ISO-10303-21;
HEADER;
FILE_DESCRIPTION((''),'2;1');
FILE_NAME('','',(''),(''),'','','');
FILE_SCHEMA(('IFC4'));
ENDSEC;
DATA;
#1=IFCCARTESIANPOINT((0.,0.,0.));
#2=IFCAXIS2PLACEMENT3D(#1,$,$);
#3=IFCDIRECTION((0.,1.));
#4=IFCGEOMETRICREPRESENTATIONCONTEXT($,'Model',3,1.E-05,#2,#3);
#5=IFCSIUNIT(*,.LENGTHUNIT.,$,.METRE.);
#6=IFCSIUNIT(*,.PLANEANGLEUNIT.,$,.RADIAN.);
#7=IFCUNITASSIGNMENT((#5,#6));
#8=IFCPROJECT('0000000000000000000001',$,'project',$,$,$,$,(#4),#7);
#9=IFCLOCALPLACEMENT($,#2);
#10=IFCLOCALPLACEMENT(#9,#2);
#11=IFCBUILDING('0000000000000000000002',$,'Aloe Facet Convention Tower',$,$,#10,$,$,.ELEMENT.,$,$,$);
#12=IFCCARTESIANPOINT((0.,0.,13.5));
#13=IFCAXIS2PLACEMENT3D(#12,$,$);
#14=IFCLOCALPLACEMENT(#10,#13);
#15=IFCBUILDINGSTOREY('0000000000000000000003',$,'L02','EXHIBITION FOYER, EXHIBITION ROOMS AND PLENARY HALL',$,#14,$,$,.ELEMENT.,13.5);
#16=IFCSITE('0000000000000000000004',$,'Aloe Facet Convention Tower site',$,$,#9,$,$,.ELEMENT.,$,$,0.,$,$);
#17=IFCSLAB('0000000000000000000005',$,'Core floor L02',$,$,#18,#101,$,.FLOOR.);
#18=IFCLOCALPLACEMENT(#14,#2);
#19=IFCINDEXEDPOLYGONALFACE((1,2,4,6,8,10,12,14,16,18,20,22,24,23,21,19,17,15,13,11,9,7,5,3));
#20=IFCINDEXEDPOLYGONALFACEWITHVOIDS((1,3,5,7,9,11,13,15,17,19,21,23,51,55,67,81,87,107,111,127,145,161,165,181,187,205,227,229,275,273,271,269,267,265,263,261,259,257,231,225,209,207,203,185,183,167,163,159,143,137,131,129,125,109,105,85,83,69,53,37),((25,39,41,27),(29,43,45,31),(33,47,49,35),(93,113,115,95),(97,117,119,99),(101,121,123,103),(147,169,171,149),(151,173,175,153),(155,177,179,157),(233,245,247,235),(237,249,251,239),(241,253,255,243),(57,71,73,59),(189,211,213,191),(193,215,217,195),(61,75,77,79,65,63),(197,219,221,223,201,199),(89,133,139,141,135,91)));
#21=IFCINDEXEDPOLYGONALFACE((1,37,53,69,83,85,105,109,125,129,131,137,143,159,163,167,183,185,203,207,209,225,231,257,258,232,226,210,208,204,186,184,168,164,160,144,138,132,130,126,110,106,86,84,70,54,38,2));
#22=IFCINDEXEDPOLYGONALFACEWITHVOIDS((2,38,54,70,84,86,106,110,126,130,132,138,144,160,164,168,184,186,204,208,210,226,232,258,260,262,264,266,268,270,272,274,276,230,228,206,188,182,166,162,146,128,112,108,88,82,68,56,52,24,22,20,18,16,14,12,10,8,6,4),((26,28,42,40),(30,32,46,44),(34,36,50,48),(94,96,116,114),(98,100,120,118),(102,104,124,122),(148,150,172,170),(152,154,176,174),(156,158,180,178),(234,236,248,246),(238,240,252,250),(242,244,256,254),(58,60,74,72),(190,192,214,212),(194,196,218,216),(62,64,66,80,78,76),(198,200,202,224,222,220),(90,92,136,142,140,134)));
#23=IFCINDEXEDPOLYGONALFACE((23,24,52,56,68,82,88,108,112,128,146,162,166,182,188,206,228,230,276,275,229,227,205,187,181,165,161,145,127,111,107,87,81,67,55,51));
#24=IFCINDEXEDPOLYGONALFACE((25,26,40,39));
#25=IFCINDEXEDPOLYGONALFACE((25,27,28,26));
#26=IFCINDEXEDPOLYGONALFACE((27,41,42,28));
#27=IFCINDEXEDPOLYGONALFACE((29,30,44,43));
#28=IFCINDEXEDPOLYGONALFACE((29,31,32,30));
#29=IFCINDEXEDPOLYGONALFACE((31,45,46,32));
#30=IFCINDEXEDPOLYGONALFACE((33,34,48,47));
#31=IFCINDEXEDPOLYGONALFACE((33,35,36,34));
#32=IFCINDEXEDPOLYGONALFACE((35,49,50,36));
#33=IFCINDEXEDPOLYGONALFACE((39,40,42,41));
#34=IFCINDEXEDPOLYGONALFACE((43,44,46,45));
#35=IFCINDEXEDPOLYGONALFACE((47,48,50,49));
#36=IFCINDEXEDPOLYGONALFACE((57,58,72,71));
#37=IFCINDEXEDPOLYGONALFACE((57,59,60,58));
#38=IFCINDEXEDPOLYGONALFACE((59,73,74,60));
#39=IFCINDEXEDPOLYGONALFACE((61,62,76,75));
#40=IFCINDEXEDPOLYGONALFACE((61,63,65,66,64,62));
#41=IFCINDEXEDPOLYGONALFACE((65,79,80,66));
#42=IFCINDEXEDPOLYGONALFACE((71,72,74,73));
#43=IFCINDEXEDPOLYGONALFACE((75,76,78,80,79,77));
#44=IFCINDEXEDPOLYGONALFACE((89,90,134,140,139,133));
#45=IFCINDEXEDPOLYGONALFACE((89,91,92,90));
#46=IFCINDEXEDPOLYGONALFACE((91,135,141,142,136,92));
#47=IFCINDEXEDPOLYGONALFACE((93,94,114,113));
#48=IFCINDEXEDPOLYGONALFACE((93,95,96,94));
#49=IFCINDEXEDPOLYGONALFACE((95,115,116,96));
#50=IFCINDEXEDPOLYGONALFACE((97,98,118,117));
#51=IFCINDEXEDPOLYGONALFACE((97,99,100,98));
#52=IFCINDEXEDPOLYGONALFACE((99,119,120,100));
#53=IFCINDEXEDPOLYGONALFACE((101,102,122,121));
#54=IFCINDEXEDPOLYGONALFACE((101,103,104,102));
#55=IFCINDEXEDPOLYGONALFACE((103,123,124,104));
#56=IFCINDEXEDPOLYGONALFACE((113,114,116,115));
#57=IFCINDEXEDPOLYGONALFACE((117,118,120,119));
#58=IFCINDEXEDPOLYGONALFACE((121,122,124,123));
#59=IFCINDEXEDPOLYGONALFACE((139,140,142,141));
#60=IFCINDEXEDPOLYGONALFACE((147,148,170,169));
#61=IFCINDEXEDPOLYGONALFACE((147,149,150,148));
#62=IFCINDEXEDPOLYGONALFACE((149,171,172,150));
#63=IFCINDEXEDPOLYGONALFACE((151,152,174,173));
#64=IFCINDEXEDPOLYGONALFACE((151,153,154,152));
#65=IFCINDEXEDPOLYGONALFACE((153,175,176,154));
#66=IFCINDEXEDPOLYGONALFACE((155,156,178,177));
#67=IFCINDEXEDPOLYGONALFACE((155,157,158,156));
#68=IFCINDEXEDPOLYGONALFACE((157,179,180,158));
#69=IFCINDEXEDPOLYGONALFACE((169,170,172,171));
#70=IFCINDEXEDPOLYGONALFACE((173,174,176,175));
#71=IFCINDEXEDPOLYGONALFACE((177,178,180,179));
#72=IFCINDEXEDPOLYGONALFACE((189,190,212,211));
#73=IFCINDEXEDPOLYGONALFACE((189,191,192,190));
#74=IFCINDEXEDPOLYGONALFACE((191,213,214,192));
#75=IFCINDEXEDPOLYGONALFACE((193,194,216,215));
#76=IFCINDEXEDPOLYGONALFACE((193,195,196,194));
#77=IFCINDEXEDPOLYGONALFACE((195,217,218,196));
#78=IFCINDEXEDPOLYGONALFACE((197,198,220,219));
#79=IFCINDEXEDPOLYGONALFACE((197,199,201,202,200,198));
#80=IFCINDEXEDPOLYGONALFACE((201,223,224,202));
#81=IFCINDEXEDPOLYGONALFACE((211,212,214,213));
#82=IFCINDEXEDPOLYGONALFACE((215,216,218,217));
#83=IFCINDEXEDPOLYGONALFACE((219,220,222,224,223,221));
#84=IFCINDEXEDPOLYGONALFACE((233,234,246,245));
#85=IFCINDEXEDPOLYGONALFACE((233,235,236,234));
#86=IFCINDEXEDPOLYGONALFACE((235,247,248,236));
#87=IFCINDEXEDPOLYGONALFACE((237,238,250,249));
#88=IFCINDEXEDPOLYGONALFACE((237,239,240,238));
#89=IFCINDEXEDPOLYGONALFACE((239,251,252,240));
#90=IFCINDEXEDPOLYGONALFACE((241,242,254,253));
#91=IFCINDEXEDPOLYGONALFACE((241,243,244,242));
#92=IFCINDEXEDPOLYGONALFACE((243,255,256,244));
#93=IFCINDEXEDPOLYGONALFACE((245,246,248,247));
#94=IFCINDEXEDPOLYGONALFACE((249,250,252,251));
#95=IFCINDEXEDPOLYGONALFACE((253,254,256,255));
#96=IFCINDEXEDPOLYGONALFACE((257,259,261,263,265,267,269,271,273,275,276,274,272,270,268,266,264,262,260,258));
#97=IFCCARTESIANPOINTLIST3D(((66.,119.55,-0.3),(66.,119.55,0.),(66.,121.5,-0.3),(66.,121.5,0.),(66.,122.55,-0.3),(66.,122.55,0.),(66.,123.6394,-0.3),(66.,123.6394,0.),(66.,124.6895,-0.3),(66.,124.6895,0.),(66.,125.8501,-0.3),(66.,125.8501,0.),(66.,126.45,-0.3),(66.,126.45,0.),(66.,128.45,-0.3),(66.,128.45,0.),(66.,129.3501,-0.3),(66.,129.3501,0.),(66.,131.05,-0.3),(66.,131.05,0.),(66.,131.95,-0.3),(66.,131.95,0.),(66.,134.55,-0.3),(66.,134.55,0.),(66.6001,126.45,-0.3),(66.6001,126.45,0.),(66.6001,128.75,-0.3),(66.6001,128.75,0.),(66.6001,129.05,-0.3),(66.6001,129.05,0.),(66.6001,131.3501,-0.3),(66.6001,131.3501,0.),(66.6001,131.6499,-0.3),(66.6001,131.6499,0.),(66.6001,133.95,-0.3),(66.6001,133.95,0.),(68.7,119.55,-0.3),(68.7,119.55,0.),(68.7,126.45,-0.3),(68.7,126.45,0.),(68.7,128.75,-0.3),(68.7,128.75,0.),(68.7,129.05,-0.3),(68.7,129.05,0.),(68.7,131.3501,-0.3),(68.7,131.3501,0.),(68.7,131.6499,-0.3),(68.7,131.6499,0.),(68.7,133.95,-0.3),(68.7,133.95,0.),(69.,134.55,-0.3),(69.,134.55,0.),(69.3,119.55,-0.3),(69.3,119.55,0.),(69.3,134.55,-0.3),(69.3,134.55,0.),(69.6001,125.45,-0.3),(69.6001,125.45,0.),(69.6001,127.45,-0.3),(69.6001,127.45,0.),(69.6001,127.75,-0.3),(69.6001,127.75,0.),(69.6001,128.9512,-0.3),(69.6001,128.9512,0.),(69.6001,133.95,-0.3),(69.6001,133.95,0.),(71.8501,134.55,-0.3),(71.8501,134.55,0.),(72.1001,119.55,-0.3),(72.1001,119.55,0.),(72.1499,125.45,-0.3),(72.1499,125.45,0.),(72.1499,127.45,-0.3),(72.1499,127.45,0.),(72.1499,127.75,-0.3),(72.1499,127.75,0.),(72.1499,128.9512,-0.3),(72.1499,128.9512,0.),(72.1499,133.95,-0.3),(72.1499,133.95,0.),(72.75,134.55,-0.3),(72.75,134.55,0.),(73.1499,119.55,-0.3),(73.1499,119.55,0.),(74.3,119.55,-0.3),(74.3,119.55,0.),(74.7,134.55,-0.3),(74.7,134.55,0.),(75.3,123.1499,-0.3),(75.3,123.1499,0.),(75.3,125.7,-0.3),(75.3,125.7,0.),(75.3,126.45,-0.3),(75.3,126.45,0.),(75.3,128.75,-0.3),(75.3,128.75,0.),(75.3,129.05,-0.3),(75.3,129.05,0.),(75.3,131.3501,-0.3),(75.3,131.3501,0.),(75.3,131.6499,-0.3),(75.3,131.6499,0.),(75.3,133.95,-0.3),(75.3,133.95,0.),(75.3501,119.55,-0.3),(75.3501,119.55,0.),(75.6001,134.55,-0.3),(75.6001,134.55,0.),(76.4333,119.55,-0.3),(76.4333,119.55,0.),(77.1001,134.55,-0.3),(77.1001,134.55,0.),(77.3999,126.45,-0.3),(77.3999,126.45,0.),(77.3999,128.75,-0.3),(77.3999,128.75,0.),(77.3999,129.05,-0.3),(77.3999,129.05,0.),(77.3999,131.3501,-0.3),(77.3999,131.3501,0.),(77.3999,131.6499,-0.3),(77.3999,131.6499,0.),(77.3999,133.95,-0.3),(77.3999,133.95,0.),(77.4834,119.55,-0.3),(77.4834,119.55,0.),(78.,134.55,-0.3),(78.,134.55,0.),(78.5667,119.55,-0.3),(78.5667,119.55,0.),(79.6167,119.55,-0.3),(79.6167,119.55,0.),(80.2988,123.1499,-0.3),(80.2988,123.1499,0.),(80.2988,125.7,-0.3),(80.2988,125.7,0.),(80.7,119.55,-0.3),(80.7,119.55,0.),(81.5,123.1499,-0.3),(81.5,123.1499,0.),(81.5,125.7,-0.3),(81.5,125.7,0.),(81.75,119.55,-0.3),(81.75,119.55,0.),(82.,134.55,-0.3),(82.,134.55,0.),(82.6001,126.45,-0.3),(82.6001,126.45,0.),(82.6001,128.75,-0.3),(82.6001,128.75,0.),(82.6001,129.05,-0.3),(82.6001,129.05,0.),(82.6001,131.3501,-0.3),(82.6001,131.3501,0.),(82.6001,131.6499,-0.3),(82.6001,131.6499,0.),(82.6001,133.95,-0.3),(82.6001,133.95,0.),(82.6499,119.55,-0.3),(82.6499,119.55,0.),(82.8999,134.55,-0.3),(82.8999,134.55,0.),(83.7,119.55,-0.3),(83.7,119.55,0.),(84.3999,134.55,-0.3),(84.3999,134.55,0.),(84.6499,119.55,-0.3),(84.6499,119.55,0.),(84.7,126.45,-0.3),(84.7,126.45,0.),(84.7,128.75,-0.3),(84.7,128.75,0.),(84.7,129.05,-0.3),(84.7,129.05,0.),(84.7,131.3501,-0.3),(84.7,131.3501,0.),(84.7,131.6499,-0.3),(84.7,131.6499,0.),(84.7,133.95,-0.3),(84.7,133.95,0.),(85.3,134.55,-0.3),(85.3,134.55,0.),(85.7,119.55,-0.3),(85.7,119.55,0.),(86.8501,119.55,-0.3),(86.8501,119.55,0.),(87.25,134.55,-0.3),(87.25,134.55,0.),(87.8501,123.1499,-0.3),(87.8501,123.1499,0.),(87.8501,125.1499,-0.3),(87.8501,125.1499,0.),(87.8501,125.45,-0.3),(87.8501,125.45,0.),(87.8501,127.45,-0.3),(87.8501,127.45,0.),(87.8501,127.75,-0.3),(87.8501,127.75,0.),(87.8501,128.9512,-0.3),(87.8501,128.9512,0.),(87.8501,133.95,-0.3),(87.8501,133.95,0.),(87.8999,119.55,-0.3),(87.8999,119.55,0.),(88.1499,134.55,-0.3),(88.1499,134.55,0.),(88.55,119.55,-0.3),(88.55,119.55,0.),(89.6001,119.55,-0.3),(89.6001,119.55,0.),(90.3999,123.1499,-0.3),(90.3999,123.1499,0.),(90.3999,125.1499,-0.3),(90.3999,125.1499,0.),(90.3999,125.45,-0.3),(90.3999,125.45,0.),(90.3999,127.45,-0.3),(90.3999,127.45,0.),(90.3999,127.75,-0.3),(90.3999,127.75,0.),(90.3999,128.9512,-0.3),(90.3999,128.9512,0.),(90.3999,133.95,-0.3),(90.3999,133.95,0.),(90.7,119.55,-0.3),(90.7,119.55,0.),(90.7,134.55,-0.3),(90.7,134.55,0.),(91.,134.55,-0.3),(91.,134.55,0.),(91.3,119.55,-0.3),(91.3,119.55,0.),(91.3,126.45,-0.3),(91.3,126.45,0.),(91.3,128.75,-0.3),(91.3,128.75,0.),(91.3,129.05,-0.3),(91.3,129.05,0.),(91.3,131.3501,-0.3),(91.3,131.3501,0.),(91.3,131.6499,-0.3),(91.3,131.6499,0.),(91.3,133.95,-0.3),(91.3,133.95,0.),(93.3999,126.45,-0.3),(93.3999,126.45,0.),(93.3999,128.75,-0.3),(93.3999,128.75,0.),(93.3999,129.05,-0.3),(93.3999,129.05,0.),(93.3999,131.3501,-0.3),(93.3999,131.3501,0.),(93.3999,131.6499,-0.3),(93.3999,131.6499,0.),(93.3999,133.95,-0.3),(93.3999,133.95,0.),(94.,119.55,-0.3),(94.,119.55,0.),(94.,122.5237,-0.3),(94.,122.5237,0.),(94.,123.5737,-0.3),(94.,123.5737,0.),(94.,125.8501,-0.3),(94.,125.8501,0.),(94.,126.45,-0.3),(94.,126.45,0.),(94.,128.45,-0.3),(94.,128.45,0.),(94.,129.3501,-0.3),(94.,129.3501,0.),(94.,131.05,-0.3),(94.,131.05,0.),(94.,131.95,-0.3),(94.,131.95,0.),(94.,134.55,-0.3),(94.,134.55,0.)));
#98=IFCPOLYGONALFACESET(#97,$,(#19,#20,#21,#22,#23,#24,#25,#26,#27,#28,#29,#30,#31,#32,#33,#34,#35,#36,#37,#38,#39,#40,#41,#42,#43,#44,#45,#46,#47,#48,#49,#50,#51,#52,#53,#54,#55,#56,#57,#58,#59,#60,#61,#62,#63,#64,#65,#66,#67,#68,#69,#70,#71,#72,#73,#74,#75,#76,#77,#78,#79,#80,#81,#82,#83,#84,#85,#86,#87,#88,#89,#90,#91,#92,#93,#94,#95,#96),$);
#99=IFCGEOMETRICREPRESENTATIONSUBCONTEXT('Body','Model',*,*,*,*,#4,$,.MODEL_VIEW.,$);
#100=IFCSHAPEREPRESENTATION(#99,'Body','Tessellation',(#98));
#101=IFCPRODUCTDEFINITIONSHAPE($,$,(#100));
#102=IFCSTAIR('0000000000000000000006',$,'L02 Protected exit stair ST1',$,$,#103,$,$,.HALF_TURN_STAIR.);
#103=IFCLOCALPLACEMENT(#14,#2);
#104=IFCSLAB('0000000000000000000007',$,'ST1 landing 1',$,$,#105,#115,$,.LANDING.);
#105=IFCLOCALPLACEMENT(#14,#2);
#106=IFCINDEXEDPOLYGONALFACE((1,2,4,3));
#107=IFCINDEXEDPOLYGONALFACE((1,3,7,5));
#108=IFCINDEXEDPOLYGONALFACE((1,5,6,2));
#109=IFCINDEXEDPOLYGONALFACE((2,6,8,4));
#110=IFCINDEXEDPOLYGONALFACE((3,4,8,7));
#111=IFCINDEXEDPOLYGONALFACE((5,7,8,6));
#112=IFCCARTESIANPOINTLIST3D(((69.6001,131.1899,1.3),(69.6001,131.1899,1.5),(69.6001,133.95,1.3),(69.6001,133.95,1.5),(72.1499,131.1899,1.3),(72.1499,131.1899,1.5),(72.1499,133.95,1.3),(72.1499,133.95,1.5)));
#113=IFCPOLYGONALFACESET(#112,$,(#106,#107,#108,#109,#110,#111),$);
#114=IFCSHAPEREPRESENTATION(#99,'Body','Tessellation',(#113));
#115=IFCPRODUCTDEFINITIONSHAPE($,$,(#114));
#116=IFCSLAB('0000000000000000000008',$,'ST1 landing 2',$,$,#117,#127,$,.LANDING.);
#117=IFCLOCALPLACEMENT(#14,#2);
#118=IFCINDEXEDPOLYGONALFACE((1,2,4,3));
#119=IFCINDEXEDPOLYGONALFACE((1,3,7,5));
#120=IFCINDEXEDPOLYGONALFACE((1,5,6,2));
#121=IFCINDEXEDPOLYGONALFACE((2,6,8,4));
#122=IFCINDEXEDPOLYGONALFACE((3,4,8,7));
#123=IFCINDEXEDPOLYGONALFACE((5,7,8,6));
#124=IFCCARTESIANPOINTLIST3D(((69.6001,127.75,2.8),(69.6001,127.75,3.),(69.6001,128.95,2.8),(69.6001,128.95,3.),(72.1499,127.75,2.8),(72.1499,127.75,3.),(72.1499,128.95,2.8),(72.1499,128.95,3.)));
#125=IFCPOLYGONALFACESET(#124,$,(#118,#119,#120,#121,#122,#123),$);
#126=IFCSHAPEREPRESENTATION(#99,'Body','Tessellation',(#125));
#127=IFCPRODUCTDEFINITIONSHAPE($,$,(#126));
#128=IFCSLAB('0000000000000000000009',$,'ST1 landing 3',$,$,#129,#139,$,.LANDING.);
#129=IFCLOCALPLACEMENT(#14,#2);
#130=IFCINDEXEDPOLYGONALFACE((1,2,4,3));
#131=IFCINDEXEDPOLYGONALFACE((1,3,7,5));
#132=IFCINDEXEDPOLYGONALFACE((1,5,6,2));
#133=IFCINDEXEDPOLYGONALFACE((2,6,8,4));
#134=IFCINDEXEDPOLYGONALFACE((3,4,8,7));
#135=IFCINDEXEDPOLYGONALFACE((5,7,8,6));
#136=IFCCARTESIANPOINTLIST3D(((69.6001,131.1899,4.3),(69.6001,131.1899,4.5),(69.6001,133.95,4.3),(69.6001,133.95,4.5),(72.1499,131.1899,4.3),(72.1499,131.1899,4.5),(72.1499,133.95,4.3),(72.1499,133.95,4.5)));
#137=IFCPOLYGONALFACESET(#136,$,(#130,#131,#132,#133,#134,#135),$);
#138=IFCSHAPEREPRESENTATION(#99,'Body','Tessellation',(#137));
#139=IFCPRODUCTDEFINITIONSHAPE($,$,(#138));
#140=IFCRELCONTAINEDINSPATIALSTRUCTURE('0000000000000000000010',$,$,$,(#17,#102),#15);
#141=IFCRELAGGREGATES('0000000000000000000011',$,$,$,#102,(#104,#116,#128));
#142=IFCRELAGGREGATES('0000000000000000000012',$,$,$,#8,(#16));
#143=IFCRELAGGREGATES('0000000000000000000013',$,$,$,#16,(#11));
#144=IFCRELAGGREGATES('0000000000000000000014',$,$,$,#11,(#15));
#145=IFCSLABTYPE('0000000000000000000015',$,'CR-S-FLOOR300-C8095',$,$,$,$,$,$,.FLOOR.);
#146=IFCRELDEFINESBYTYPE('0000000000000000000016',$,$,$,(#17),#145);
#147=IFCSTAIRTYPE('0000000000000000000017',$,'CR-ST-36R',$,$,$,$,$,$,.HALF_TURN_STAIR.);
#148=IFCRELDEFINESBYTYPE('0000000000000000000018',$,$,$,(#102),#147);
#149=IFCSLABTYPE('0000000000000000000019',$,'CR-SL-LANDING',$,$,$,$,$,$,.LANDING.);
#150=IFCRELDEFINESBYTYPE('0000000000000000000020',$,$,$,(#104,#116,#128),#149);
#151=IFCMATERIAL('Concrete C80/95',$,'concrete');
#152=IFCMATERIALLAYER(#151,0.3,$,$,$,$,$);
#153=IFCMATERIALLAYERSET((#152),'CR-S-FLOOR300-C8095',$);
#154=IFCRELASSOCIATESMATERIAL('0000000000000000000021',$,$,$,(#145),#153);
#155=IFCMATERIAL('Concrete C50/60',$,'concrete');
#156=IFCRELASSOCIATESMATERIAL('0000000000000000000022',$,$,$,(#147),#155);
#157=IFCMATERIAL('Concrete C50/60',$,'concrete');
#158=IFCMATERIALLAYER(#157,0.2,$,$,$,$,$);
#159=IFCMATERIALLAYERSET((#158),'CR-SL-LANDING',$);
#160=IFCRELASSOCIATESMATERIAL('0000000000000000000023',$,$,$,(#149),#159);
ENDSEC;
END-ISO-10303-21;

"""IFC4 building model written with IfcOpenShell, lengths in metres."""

from ifc_helpers import new_model, si_unit, direction, frame, origin, place, context, subcontext, project, spatial, polyline, outline, extrude, material, layer, layer_set, type_object, element, aggregate, save


model = new_model("IFC4")

# Units and contexts
model_context = context("Model", 3, precision=1e-05, world=origin(), true_north=direction((0.0, 1.0)))
body_context = subcontext(model_context, "Body", "Model", "MODEL_VIEW")
ifc_project = project(units=[si_unit("LENGTHUNIT", "METRE"), si_unit("PLANEANGLEUNIT", "RADIAN")], contexts=[model_context])

# Site, building, storey
site_placement = place(None, origin())
site = spatial("IfcSite", under=ifc_project, at=site_placement, Name="Aloe Facet Convention Tower site", CompositionType="ELEMENT", RefElevation=0.0)
building_placement = place(site_placement, origin())
building = spatial("IfcBuilding", under=site, at=building_placement, Name="Aloe Facet Convention Tower", CompositionType="ELEMENT")
storey_placement = place(building_placement, frame((0.0, 0.0, 13.5)))
storey = spatial("IfcBuildingStorey", under=building, at=storey_placement, Name="L02", Description="EXHIBITION FOYER, EXHIBITION ROOMS AND PLENARY HALL", CompositionType="ELEMENT", Elevation=13.5)

# Slab
ifc_material_1 = material(Name="Concrete C80/95", Category="concrete")
ifc_layer_1 = layer(ifc_material_1, 0.3)
ifc_layer_set_1 = layer_set([ifc_layer_1], Name="CR-S-FLOOR300-C8095")
slab_type_1 = type_object("IfcSlabType", Name="CR-S-FLOOR300-C8095", PredefinedType="FLOOR", material=ifc_layer_set_1)
slab_1_placement = place(storey_placement, frame((0.0, 0.0, -0.3)))
element("IfcSlab", 1, at=slab_1_placement, inside=storey, type_object=slab_type_1, Name="Core floor L02", PredefinedType="FLOOR", context=body_context, shape_type="SweptSolid", body=[
    extrude(outline(polyline([(69.3, 134.55), (71.8501, 134.55), (72.75, 134.55), (74.7, 134.55), (75.6001, 134.55), (77.1001, 134.55), (78.0, 134.55), (82.0, 134.55), (82.8999, 134.55), (84.3999, 134.55), (85.3, 134.55), (87.25, 134.55), (88.1499, 134.55), (90.7, 134.55), (91.0, 134.55), (94.0, 134.55), (94.0, 131.95), (94.0, 131.05), (94.0, 129.3501), (94.0, 128.45), (94.0, 126.45), (94.0, 125.8501), (94.0, 123.5737), (94.0, 122.5237), (94.0, 119.55), (91.3, 119.55), (90.7, 119.55), (89.6001, 119.55), (88.55, 119.55), (87.8999, 119.55), (86.8501, 119.55), (85.7, 119.55), (84.6499, 119.55), (83.7, 119.55), (82.6499, 119.55), (81.75, 119.55), (80.7, 119.55), (79.6167, 119.55), (78.5667, 119.55), (77.4834, 119.55), (76.4333, 119.55), (75.3501, 119.55), (74.3, 119.55), (73.1499, 119.55), (72.1001, 119.55), (69.3, 119.55), (68.7, 119.55), (66.0, 119.55), (66.0, 121.5), (66.0, 122.55), (66.0, 123.6394), (66.0, 124.6895), (66.0, 125.8501), (66.0, 126.45), (66.0, 128.45), (66.0, 129.3501), (66.0, 131.05), (66.0, 131.95), (66.0, 134.55), (69.0, 134.55), (69.3, 134.55)]), holes=[polyline([(75.3, 123.1499), (80.2988, 123.1499), (81.5, 123.1499), (81.5, 125.7), (80.2988, 125.7), (75.3, 125.7), (75.3, 123.1499)]), polyline([(69.6001, 125.45), (72.1499, 125.45), (72.1499, 127.45), (69.6001, 127.45), (69.6001, 125.45)]), polyline([(66.6001, 126.45), (68.7, 126.45), (68.7, 128.75), (66.6001, 128.75), (66.6001, 126.45)]), polyline([(75.3, 126.45), (77.3999, 126.45), (77.3999, 128.75), (75.3, 128.75), (75.3, 126.45)]), polyline([(66.6001, 129.05), (68.7, 129.05), (68.7, 131.3501), (66.6001, 131.3501), (66.6001, 129.05)]), polyline([(75.3, 129.05), (77.3999, 129.05), (77.3999, 131.3501), (75.3, 131.3501), (75.3, 129.05)]), polyline([(69.6001, 133.95), (69.6001, 128.9512), (69.6001, 127.75), (72.1499, 127.75), (72.1499, 128.9512), (72.1499, 133.95), (69.6001, 133.95)]), polyline([(66.6001, 133.95), (66.6001, 131.6499), (68.7, 131.6499), (68.7, 133.95), (66.6001, 133.95)]), polyline([(75.3, 133.95), (75.3, 131.6499), (77.3999, 131.6499), (77.3999, 133.95), (75.3, 133.95)]), polyline([(87.8501, 123.1499), (90.3999, 123.1499), (90.3999, 125.1499), (87.8501, 125.1499), (87.8501, 123.1499)]), polyline([(87.8501, 125.45), (90.3999, 125.45), (90.3999, 127.45), (87.8501, 127.45), (87.8501, 125.45)]), polyline([(82.6001, 126.45), (84.7, 126.45), (84.7, 128.75), (82.6001, 128.75), (82.6001, 126.45)]), polyline([(91.3, 126.45), (93.3999, 126.45), (93.3999, 128.75), (91.3, 128.75), (91.3, 126.45)]), polyline([(82.6001, 129.05), (84.7, 129.05), (84.7, 131.3501), (82.6001, 131.3501), (82.6001, 129.05)]), polyline([(91.3, 129.05), (93.3999, 129.05), (93.3999, 131.3501), (91.3, 131.3501), (91.3, 129.05)]), polyline([(87.8501, 133.95), (87.8501, 128.9512), (87.8501, 127.75), (90.3999, 127.75), (90.3999, 128.9512), (90.3999, 133.95), (87.8501, 133.95)]), polyline([(82.6001, 133.95), (82.6001, 131.6499), (84.7, 131.6499), (84.7, 133.95), (82.6001, 133.95)]), polyline([(91.3, 133.95), (91.3, 131.6499), (93.3999, 131.6499), (93.3999, 133.95), (91.3, 133.95)])]), origin(), (0.0, 0.0, 1.0), 0.3),
])

# Stair, slabs
ifc_material_2 = material(Name="Concrete C50/60", Category="concrete")
stair_type_1 = type_object("IfcStairType", Name="CR-ST-36R", PredefinedType="HALF_TURN_STAIR", material=ifc_material_2)
stair_1_placement = place(storey_placement, origin())
stair_1 = element("IfcStair", 2, at=stair_1_placement, inside=storey, type_object=stair_type_1, Name="L02 Protected exit stair ST1", PredefinedType="HALF_TURN_STAIR")
ifc_material_3 = material(Name="Concrete C50/60", Category="concrete")
ifc_layer_2 = layer(ifc_material_3, 0.2)
ifc_layer_set_2 = layer_set([ifc_layer_2], Name="CR-SL-LANDING")
slab_type_2 = type_object("IfcSlabType", Name="CR-SL-LANDING", PredefinedType="LANDING", material=ifc_layer_set_2)
slab_2_placement = place(storey_placement, frame((0.0, 0.0, 1.3)))
slab_2 = element("IfcSlab", 3, at=slab_2_placement, type_object=slab_type_2, Name="ST1 landing 1", PredefinedType="LANDING", context=body_context, shape_type="SweptSolid", body=[
    extrude(outline(polyline([(72.1499, 131.1899), (72.1499, 133.95), (69.6001, 133.95), (69.6001, 131.1899), (72.1499, 131.1899)])), origin(), (0.0, 0.0, 1.0), 0.2),
])
slab_3_placement = place(storey_placement, frame((0.0, 0.0, 2.8)))
slab_3 = element("IfcSlab", 4, at=slab_3_placement, type_object=slab_type_2, Name="ST1 landing 2", PredefinedType="LANDING", context=body_context, shape_type="SweptSolid", body=[
    extrude(outline(polyline([(72.1499, 127.75), (72.1499, 128.95), (69.6001, 128.95), (69.6001, 127.75), (72.1499, 127.75)])), origin(), (0.0, 0.0, 1.0), 0.2),
])
slab_4_placement = place(storey_placement, frame((0.0, 0.0, 4.3)))
slab_4 = element("IfcSlab", 5, at=slab_4_placement, type_object=slab_type_2, Name="ST1 landing 3", PredefinedType="LANDING", context=body_context, shape_type="SweptSolid", body=[
    extrude(outline(polyline([(72.1499, 131.1899), (72.1499, 133.95), (69.6001, 133.95), (69.6001, 131.1899), (72.1499, 131.1899)])), origin(), (0.0, 0.0, 1.0), 0.2),
])
aggregate(stair_1, [slab_2, slab_3, slab_4])

save(model, "model.ifc")
